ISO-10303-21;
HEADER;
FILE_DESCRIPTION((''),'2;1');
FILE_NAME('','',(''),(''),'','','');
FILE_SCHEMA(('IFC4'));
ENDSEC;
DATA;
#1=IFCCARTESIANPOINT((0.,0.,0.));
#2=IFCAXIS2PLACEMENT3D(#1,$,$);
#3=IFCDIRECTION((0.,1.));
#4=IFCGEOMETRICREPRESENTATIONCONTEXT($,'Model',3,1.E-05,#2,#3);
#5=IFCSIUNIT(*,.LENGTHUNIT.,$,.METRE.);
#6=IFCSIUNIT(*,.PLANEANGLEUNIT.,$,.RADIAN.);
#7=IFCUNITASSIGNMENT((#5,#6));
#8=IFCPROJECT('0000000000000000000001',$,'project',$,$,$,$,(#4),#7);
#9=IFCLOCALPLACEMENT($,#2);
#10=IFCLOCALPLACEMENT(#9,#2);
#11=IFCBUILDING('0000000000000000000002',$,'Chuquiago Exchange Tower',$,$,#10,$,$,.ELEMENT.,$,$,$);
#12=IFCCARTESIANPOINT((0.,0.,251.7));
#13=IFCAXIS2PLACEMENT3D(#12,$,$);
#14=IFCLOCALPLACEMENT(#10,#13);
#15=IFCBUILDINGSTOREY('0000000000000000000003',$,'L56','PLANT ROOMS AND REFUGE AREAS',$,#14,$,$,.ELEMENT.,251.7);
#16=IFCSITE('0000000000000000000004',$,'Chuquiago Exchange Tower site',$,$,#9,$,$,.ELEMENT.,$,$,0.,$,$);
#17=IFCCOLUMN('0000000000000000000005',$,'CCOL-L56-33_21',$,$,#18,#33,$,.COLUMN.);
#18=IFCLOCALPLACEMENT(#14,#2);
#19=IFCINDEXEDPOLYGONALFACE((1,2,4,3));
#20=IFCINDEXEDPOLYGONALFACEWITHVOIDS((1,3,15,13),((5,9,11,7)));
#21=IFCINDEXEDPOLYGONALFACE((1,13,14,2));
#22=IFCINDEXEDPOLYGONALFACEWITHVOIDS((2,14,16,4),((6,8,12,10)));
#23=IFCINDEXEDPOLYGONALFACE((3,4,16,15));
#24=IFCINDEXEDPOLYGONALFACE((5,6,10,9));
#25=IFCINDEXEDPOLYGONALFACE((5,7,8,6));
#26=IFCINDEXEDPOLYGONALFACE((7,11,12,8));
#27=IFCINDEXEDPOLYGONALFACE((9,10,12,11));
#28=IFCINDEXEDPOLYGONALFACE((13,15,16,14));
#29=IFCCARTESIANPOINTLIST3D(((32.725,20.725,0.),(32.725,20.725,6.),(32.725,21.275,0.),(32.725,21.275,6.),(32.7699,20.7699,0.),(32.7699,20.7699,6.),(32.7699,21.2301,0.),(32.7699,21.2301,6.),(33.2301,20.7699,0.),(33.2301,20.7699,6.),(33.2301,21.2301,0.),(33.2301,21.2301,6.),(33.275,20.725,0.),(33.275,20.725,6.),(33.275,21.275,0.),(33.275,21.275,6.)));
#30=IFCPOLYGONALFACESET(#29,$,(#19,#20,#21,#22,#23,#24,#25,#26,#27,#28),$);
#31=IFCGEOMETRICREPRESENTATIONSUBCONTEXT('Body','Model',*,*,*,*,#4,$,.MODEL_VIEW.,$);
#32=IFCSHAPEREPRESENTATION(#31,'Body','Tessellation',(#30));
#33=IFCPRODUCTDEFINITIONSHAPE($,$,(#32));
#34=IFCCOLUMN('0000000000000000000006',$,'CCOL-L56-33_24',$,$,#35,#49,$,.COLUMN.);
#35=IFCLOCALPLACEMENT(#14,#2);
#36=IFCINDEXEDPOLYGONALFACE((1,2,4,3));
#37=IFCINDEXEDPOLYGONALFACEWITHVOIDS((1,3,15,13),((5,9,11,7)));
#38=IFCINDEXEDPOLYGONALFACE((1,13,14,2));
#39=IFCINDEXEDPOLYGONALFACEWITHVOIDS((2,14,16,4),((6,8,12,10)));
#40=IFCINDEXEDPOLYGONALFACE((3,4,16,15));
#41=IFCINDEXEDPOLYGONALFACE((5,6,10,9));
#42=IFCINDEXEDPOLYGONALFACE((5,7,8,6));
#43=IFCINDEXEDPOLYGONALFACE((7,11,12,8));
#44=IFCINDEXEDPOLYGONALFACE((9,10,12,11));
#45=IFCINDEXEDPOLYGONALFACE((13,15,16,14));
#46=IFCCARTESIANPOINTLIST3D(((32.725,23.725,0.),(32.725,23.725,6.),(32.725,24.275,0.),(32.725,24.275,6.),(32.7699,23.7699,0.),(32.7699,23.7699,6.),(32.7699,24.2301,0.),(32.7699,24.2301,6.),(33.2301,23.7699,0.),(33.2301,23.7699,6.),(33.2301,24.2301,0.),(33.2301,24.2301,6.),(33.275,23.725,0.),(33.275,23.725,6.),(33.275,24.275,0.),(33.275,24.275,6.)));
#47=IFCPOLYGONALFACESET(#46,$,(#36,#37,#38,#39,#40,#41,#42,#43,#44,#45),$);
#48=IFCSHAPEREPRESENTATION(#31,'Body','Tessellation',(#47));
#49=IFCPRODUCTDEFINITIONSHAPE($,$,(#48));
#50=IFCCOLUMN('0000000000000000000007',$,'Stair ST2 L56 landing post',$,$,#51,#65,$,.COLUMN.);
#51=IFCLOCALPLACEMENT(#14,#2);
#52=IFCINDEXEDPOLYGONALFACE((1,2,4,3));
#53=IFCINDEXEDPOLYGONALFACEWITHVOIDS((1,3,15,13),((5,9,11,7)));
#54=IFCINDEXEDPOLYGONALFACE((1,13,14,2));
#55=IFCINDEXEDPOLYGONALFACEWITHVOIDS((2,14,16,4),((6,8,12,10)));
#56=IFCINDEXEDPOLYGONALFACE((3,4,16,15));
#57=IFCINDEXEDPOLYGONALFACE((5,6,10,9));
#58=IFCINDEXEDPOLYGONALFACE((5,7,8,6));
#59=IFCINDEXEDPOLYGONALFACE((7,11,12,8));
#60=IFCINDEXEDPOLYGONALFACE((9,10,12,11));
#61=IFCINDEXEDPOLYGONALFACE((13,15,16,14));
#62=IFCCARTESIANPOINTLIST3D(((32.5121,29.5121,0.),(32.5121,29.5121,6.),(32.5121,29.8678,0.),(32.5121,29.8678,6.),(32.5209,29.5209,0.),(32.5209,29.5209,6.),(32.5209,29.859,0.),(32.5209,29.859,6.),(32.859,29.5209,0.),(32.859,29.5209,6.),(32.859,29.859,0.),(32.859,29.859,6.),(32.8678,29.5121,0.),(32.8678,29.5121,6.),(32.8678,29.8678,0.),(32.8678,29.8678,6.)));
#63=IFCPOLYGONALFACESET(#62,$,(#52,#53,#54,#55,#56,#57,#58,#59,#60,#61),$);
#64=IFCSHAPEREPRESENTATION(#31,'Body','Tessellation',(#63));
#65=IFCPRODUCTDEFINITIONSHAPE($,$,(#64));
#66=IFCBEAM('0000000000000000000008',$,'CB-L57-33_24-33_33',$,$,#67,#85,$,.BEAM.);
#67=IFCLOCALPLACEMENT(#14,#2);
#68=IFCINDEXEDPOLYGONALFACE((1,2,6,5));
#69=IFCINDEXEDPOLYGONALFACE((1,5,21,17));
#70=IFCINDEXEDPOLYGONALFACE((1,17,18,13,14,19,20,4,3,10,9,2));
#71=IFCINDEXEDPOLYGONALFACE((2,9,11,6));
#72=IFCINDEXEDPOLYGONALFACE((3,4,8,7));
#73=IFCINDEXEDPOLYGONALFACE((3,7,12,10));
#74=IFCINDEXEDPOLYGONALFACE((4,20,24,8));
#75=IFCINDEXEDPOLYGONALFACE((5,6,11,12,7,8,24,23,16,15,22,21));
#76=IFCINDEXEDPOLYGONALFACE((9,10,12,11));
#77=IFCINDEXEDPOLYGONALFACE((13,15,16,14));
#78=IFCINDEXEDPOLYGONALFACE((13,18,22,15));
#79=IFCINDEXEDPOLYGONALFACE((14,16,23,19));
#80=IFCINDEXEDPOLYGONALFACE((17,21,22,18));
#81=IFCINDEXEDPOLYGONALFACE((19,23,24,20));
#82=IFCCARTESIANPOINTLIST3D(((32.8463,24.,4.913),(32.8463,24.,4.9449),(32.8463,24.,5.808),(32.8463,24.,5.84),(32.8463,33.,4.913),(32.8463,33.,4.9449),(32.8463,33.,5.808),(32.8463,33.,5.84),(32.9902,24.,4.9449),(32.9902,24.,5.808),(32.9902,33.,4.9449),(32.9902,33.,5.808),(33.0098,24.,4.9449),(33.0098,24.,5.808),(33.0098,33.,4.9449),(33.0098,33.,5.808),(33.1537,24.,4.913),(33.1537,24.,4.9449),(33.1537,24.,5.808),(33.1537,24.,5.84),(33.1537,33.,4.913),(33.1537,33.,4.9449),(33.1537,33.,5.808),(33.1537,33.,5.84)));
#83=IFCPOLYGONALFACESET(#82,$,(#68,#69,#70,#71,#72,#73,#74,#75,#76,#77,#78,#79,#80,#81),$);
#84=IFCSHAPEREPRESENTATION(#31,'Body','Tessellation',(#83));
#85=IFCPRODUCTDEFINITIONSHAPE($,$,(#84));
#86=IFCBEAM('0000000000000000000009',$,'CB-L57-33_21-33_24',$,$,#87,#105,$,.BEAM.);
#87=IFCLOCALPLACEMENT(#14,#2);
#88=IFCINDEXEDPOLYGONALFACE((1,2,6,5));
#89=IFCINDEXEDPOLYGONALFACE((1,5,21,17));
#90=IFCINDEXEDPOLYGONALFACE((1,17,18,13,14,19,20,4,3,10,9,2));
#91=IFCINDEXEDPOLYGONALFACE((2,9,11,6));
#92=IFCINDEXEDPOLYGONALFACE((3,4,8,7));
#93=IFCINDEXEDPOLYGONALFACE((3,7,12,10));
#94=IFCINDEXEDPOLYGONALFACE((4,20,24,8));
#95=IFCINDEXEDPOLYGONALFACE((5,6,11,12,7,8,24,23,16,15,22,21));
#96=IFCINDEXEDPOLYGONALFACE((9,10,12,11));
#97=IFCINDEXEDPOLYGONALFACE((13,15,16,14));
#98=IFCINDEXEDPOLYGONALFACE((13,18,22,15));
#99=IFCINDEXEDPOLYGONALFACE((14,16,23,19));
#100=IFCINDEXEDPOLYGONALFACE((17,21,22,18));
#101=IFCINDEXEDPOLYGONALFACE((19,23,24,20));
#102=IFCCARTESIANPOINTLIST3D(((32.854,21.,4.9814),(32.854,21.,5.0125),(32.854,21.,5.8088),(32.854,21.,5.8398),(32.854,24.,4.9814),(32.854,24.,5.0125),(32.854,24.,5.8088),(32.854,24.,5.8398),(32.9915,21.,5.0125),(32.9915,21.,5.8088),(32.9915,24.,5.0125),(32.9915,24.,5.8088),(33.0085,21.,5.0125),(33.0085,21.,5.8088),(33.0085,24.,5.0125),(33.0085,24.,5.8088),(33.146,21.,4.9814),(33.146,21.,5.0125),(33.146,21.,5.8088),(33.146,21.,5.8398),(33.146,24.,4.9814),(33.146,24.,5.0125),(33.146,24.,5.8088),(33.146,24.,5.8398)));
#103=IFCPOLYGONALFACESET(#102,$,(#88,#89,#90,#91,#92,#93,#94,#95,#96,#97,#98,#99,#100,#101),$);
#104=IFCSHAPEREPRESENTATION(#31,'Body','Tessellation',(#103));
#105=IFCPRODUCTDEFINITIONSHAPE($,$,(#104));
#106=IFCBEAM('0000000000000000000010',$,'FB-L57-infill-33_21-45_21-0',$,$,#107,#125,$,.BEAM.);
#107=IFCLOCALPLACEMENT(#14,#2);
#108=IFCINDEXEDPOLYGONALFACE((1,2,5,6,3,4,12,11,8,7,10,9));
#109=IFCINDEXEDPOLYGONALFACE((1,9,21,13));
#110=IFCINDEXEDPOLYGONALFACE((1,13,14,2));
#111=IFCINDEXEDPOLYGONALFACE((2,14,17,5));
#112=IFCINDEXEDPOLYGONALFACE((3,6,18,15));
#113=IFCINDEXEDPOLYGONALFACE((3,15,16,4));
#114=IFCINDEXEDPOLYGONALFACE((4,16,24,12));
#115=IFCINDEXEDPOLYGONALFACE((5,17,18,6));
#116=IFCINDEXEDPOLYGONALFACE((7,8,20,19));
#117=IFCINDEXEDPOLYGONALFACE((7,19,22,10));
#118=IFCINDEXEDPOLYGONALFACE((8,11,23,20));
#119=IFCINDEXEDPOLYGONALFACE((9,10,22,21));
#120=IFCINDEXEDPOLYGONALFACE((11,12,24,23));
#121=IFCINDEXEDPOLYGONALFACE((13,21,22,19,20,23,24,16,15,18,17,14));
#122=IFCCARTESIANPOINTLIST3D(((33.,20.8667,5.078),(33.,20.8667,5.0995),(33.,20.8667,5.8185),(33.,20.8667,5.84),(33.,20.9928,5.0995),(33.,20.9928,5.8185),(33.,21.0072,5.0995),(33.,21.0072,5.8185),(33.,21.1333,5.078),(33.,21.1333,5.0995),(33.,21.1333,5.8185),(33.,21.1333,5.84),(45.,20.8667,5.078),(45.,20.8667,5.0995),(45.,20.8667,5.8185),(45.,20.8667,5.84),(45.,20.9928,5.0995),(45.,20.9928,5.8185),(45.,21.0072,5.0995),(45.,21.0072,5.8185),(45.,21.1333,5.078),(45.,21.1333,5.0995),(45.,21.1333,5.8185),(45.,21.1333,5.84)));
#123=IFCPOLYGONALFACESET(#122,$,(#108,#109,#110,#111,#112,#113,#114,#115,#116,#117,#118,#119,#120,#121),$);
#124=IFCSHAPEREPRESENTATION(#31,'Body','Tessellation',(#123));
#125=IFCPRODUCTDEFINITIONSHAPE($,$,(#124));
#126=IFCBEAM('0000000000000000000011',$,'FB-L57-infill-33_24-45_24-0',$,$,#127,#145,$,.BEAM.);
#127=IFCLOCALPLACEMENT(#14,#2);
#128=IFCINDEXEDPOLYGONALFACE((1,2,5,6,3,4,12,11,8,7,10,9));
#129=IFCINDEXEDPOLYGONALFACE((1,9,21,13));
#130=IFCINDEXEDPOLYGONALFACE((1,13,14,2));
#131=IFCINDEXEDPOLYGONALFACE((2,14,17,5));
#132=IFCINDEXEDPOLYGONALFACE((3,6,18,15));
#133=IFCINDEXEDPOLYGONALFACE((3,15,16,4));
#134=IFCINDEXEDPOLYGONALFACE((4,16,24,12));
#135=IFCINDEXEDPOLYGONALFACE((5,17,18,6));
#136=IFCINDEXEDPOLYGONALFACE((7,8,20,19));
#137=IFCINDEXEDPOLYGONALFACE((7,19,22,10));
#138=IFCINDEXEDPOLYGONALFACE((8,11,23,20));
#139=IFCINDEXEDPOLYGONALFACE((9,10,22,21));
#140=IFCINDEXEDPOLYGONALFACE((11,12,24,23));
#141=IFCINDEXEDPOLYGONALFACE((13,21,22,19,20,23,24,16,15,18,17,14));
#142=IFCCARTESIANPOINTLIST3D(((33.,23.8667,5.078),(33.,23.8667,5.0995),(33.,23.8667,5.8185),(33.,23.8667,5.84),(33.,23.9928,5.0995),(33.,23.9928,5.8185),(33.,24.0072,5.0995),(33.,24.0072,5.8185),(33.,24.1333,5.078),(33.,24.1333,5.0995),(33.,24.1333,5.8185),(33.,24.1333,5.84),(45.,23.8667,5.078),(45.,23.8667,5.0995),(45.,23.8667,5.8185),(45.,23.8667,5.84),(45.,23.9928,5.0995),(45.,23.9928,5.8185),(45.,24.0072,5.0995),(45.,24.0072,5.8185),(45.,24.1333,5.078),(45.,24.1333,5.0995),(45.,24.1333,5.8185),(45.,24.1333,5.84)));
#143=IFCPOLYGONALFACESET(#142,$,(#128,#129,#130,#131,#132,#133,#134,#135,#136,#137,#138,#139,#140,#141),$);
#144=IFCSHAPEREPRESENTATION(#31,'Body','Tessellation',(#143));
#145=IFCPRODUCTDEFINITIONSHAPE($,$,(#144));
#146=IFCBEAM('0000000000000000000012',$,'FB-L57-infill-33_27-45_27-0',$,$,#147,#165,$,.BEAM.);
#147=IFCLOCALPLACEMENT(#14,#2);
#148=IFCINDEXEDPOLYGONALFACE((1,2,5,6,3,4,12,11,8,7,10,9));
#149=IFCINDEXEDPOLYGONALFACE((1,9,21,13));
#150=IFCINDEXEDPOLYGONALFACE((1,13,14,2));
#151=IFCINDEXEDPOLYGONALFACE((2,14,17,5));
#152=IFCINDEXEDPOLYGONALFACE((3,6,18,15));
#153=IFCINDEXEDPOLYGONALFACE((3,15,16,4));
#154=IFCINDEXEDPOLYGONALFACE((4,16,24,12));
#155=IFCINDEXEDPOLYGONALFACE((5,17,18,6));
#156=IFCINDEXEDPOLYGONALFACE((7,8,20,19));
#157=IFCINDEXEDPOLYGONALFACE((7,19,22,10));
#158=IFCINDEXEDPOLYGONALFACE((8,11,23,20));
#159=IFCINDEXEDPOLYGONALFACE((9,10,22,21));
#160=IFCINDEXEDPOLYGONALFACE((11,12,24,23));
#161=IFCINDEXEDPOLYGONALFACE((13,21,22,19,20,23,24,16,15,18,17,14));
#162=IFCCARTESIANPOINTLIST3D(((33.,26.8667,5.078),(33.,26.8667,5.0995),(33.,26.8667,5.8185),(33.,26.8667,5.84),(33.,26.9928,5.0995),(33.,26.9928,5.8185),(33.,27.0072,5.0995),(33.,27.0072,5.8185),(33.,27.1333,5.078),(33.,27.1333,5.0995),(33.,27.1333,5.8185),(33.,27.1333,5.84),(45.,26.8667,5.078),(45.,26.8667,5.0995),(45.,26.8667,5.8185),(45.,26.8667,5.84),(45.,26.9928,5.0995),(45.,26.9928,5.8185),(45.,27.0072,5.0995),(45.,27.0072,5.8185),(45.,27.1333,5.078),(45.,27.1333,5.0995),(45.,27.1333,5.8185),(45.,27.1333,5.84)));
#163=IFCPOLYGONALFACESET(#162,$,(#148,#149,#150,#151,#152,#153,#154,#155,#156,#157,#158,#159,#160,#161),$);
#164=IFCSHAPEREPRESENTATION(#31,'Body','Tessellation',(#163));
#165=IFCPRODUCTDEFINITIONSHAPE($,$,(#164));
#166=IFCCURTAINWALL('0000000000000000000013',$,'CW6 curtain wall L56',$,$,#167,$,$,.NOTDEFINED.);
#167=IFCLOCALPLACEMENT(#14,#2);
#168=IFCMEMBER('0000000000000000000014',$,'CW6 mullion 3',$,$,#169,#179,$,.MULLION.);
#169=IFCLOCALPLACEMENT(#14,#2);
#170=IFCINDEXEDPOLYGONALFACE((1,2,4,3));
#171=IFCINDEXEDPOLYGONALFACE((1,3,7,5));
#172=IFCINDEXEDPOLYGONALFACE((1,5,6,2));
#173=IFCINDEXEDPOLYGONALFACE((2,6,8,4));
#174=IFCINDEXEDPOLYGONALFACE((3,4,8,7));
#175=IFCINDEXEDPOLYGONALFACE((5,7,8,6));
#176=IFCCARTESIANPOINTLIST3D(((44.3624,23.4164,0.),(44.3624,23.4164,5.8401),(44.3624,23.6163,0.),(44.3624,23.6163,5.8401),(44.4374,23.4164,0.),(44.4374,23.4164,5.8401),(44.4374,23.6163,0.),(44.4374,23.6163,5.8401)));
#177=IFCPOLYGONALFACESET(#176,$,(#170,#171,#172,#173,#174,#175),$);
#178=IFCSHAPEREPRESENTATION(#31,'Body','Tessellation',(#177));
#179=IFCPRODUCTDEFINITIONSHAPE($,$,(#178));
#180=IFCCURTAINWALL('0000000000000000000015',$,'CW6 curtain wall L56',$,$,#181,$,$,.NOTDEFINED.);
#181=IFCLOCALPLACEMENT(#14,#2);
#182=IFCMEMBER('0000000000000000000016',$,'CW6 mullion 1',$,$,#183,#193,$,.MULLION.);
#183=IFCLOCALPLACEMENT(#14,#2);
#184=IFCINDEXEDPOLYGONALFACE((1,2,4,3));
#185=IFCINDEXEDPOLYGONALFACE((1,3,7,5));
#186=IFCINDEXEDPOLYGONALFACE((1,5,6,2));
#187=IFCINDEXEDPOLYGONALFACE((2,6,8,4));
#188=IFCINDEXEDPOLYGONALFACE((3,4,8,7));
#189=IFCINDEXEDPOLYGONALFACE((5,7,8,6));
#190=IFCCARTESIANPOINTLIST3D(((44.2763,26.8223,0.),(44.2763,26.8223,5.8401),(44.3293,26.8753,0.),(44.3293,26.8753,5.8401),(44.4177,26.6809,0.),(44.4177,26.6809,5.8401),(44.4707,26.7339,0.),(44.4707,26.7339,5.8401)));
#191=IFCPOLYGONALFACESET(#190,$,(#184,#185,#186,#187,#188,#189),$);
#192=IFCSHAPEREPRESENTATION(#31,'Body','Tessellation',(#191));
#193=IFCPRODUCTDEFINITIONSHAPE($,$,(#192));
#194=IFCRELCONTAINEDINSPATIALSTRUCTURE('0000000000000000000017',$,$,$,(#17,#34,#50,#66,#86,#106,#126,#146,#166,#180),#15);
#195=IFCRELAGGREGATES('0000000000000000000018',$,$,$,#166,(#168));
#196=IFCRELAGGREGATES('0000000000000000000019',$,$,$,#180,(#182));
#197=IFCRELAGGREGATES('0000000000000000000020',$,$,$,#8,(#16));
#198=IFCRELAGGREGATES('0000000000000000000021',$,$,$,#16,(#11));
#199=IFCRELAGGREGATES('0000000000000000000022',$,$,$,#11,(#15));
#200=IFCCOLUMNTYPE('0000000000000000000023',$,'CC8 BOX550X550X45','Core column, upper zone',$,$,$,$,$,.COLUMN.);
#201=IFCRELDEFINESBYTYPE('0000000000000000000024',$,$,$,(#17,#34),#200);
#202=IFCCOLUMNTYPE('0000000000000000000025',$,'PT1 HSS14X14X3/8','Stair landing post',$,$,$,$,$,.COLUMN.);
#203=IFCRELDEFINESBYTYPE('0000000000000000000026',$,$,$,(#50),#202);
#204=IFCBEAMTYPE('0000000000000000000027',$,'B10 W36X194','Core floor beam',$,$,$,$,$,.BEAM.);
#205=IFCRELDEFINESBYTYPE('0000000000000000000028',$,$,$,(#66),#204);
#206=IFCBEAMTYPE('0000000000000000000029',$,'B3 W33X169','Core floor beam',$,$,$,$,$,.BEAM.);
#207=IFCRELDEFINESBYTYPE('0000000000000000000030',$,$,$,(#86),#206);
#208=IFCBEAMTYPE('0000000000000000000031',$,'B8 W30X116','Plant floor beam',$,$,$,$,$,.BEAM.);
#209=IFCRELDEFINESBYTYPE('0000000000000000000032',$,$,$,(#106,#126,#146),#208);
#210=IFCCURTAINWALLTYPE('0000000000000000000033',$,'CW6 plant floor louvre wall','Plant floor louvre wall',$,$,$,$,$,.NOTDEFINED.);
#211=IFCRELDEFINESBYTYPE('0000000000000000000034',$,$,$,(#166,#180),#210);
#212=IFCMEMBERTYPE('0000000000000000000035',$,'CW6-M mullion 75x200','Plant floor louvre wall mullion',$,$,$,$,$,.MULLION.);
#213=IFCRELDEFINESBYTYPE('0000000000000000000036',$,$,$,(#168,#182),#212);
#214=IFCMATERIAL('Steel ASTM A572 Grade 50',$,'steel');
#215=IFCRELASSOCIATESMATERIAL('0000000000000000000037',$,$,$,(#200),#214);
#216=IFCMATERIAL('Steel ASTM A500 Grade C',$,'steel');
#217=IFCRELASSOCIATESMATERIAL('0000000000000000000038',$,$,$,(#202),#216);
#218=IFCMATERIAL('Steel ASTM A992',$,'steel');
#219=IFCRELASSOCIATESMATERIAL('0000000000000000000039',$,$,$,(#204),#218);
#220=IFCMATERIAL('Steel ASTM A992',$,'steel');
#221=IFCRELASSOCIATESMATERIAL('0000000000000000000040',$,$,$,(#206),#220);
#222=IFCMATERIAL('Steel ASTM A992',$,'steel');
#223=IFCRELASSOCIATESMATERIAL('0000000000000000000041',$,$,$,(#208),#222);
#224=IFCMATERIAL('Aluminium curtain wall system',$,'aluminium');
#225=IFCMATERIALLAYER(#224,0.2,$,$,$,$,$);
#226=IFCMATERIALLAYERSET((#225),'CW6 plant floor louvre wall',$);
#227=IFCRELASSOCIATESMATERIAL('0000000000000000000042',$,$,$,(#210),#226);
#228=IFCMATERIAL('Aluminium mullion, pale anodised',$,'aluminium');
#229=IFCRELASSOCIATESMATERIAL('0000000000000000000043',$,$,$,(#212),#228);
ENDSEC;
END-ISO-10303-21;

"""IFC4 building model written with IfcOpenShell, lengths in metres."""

from ifc_helpers import new_model, si_unit, direction, frame, origin, origin_2d, place, context, subcontext, project, spatial, rectangle, hollow_rectangle, i_section, extrude, material, layer, layer_set, material_profile, profile_set, type_object, element, aggregate, save


model = new_model("IFC4")

# Units and contexts
model_context = context("Model", 3, precision=1e-05, world=origin(), true_north=direction((0.0, 1.0)))
body_context = subcontext(model_context, "Body", "Model", "MODEL_VIEW")
ifc_project = project(units=[si_unit("LENGTHUNIT", "METRE"), si_unit("PLANEANGLEUNIT", "RADIAN")], contexts=[model_context])

# Site, building, storey
site_placement = place(None, origin())
site = spatial("IfcSite", under=ifc_project, at=site_placement, Name="Chuquiago Exchange Tower site", CompositionType="ELEMENT", RefElevation=0.0)
building_placement = place(site_placement, origin())
building = spatial("IfcBuilding", under=site, at=building_placement, Name="Chuquiago Exchange Tower", CompositionType="ELEMENT")
storey_placement = place(building_placement, frame((0.0, 0.0, 251.7)))
storey = spatial("IfcBuildingStorey", under=building, at=storey_placement, Name="L56", Description="PLANT ROOMS AND REFUGE AREAS", CompositionType="ELEMENT", Elevation=251.7)

# Columns
ifc_material_1 = material(Name="Steel ASTM A572 Grade 50", Category="steel")
ifc_material_profile_1 = material_profile(ifc_material_1, hollow_rectangle(XDim=0.55, YDim=0.55, WallThickness=0.0449, at=origin_2d()), Name="BOX550X550X45")
ifc_profile_set_1 = profile_set([ifc_material_profile_1], Name="Steel ASTM A572 Grade 50")
column_type_1 = type_object("IfcColumnType", Name="CC8 BOX550X550X45", Description="Core column, upper zone", PredefinedType="COLUMN", material=ifc_profile_set_1)
for number, where, z_axis, x_axis, name in (
    (1, (33.0, 21.0, 0.0), (0.0, 0.0, 1.0), (1.0, 0.0, 0.0), "CCOL-L56-33_21"),
    (2, (33.0, 24.0, 0.0), (0.0, 0.0, 1.0), (1.0, 0.0, 0.0), "CCOL-L56-33_24"),
):
    element("IfcColumn", number, at=place(storey_placement, frame(where, z_axis=z_axis, x_axis=x_axis)), inside=storey, type_object=column_type_1, Name=name, PredefinedType="COLUMN", context=body_context, shape_type="SweptSolid", body=[
        extrude(hollow_rectangle(XDim=0.55, YDim=0.55, WallThickness=0.0449, at=origin_2d()), origin(), (0.0, 0.0, 1.0), 6.0),
    ])
ifc_material_2 = material(Name="Steel ASTM A500 Grade C", Category="steel")
ifc_material_profile_2 = material_profile(ifc_material_2, hollow_rectangle(XDim=0.3557, YDim=0.3557, WallThickness=0.0088, at=origin_2d()), Name="HSS14X14X3/8")
ifc_profile_set_2 = profile_set([ifc_material_profile_2], Name="Steel ASTM A500 Grade C")
column_type_2 = type_object("IfcColumnType", Name="PT1 HSS14X14X3/8", Description="Stair landing post", PredefinedType="COLUMN", material=ifc_profile_set_2)
column_placement = place(storey_placement, frame((32.6899, 29.6899, 0.0), z_axis=(0.0, 0.0, 1.0), x_axis=(1.0, 0.0, 0.0)))
element("IfcColumn", 3, at=column_placement, inside=storey, type_object=column_type_2, Name="Stair ST2 L56 landing post", PredefinedType="COLUMN", context=body_context, shape_type="SweptSolid", body=[
    extrude(hollow_rectangle(XDim=0.3557, YDim=0.3557, WallThickness=0.0088, at=origin_2d()), origin(), (0.0, 0.0, 1.0), 6.0),
])

# Beams
ifc_material_3 = material(Name="Steel ASTM A992", Category="steel")
ifc_material_profile_3 = material_profile(ifc_material_3, i_section(OverallWidth=0.3074, OverallDepth=0.927, WebThickness=0.0195, FlangeThickness=0.032, at=origin_2d()), Name="W36X194")
ifc_profile_set_3 = profile_set([ifc_material_profile_3], Name="Steel ASTM A992")
beam_type_1 = type_object("IfcBeamType", Name="B10 W36X194", Description="Core floor beam", PredefinedType="BEAM", material=ifc_profile_set_3)
beam_1_placement = place(storey_placement, frame((33.0, 24.0, 5.3765), z_axis=(0.0, 1.0, 0.0), x_axis=(-1.0, 0.0, 0.0)))
element("IfcBeam", 4, at=beam_1_placement, inside=storey, type_object=beam_type_1, Name="CB-L57-33_24-33_33", PredefinedType="BEAM", context=body_context, shape_type="SweptSolid", body=[
    extrude(i_section(OverallWidth=0.3074, OverallDepth=0.927, WebThickness=0.0195, FlangeThickness=0.032, at=origin_2d()), origin(), (0.0, 0.0, 1.0), 9.0),
])
ifc_material_4 = material(Name="Steel ASTM A992", Category="steel")
ifc_material_profile_4 = material_profile(ifc_material_4, i_section(OverallWidth=0.292, OverallDepth=0.8584, WebThickness=0.0171, FlangeThickness=0.031, at=origin_2d()), Name="W33X169")
ifc_profile_set_4 = profile_set([ifc_material_profile_4], Name="Steel ASTM A992")
beam_type_2 = type_object("IfcBeamType", Name="B3 W33X169", Description="Core floor beam", PredefinedType="BEAM", material=ifc_profile_set_4)
beam_2_placement = place(storey_placement, frame((33.0, 21.0, 5.4106), z_axis=(0.0, 1.0, 0.0), x_axis=(-1.0, 0.0, 0.0)))
element("IfcBeam", 5, at=beam_2_placement, inside=storey, type_object=beam_type_2, Name="CB-L57-33_21-33_24", PredefinedType="BEAM", context=body_context, shape_type="SweptSolid", body=[
    extrude(i_section(OverallWidth=0.292, OverallDepth=0.8584, WebThickness=0.0171, FlangeThickness=0.031, at=origin_2d()), origin(), (0.0, 0.0, 1.0), 3.0),
])
ifc_material_5 = material(Name="Steel ASTM A992", Category="steel")
ifc_material_profile_5 = material_profile(ifc_material_5, i_section(OverallWidth=0.2666, OverallDepth=0.762, WebThickness=0.0144, FlangeThickness=0.0215, at=origin_2d()), Name="W30X116")
ifc_profile_set_5 = profile_set([ifc_material_profile_5], Name="Steel ASTM A992")
beam_type_3 = type_object("IfcBeamType", Name="B8 W30X116", Description="Plant floor beam", PredefinedType="BEAM", material=ifc_profile_set_5)
for number, where, z_axis, x_axis, name in (
    (6, (33.0, 21.0, 5.459), (1.0, 0.0, 0.0), (0.0, 1.0, 0.0), "FB-L57-infill-33_21-45_21-0"),
    (7, (33.0, 24.0, 5.459), (1.0, 0.0, 0.0), (0.0, 1.0, 0.0), "FB-L57-infill-33_24-45_24-0"),
    (8, (33.0, 27.0, 5.459), (1.0, 0.0, 0.0), (0.0, 1.0, 0.0), "FB-L57-infill-33_27-45_27-0"),
):
    element("IfcBeam", number, at=place(storey_placement, frame(where, z_axis=z_axis, x_axis=x_axis)), inside=storey, type_object=beam_type_3, Name=name, PredefinedType="BEAM", context=body_context, shape_type="SweptSolid", body=[
        extrude(i_section(OverallWidth=0.2666, OverallDepth=0.762, WebThickness=0.0144, FlangeThickness=0.0215, at=origin_2d()), origin(), (0.0, 0.0, 1.0), 12.0),
    ])

# Curtain wall, member
ifc_material_6 = material(Name="Aluminium curtain wall system", Category="aluminium")
ifc_layer_1 = layer(ifc_material_6, 0.2)
ifc_layer_set_1 = layer_set([ifc_layer_1], Name="CW6 plant floor louvre wall")
curtain_wall_type = type_object("IfcCurtainWallType", Name="CW6 plant floor louvre wall", Description="Plant floor louvre wall", PredefinedType="NOTDEFINED", material=ifc_layer_set_1)
curtain_wall_1_placement = place(storey_placement, origin())
curtain_wall_1 = element("IfcCurtainWall", 9, at=curtain_wall_1_placement, inside=storey, type_object=curtain_wall_type, Name="CW6 curtain wall L56", PredefinedType="NOTDEFINED")
ifc_material_7 = material(Name="Aluminium mullion, pale anodised", Category="aluminium")
ifc_material_profile_6 = material_profile(ifc_material_7, rectangle(XDim=0.075, YDim=0.2, at=origin_2d()), Name="AL 75x200")
ifc_profile_set_6 = profile_set([ifc_material_profile_6], Name="Aluminium mullion, pale anodised")
member_type_1 = type_object("IfcMemberType", Name="CW6-M mullion 75x200", Description="Plant floor louvre wall mullion", PredefinedType="MULLION", material=ifc_profile_set_6)
member_1_placement = place(storey_placement, frame((44.3999, 23.5164, 0.0), z_axis=(0.0, 0.0, 1.0), x_axis=(-1.0, 0.0, 0.0)))
member_1 = element("IfcMember", 10, at=member_1_placement, type_object=member_type_1, Name="CW6 mullion 3", PredefinedType="MULLION", context=body_context, shape_type="SweptSolid", body=[
    extrude(rectangle(XDim=0.075, YDim=0.2, at=origin_2d()), origin(), (0.0, 0.0, 1.0), 5.8401),
])

# Curtain wall, member
curtain_wall_2_placement = place(storey_placement, origin())
curtain_wall_2 = element("IfcCurtainWall", 11, at=curtain_wall_2_placement, inside=storey, type_object=curtain_wall_type, Name="CW6 curtain wall L56", PredefinedType="NOTDEFINED")
member_2_placement = place(storey_placement, frame((44.3735, 26.7781, 0.0), z_axis=(0.0, 0.0, 1.0), x_axis=(-0.707107, -0.707107, 0.0)))
member_2 = element("IfcMember", 12, at=member_2_placement, type_object=member_type_1, Name="CW6 mullion 1", PredefinedType="MULLION", context=body_context, shape_type="SweptSolid", body=[
    extrude(rectangle(XDim=0.075, YDim=0.2, at=origin_2d()), origin(), (0.0, 0.0, 1.0), 5.8401),
])

aggregate(curtain_wall_1, [member_1])
aggregate(curtain_wall_2, [member_2])

save(model, "model.ifc")
